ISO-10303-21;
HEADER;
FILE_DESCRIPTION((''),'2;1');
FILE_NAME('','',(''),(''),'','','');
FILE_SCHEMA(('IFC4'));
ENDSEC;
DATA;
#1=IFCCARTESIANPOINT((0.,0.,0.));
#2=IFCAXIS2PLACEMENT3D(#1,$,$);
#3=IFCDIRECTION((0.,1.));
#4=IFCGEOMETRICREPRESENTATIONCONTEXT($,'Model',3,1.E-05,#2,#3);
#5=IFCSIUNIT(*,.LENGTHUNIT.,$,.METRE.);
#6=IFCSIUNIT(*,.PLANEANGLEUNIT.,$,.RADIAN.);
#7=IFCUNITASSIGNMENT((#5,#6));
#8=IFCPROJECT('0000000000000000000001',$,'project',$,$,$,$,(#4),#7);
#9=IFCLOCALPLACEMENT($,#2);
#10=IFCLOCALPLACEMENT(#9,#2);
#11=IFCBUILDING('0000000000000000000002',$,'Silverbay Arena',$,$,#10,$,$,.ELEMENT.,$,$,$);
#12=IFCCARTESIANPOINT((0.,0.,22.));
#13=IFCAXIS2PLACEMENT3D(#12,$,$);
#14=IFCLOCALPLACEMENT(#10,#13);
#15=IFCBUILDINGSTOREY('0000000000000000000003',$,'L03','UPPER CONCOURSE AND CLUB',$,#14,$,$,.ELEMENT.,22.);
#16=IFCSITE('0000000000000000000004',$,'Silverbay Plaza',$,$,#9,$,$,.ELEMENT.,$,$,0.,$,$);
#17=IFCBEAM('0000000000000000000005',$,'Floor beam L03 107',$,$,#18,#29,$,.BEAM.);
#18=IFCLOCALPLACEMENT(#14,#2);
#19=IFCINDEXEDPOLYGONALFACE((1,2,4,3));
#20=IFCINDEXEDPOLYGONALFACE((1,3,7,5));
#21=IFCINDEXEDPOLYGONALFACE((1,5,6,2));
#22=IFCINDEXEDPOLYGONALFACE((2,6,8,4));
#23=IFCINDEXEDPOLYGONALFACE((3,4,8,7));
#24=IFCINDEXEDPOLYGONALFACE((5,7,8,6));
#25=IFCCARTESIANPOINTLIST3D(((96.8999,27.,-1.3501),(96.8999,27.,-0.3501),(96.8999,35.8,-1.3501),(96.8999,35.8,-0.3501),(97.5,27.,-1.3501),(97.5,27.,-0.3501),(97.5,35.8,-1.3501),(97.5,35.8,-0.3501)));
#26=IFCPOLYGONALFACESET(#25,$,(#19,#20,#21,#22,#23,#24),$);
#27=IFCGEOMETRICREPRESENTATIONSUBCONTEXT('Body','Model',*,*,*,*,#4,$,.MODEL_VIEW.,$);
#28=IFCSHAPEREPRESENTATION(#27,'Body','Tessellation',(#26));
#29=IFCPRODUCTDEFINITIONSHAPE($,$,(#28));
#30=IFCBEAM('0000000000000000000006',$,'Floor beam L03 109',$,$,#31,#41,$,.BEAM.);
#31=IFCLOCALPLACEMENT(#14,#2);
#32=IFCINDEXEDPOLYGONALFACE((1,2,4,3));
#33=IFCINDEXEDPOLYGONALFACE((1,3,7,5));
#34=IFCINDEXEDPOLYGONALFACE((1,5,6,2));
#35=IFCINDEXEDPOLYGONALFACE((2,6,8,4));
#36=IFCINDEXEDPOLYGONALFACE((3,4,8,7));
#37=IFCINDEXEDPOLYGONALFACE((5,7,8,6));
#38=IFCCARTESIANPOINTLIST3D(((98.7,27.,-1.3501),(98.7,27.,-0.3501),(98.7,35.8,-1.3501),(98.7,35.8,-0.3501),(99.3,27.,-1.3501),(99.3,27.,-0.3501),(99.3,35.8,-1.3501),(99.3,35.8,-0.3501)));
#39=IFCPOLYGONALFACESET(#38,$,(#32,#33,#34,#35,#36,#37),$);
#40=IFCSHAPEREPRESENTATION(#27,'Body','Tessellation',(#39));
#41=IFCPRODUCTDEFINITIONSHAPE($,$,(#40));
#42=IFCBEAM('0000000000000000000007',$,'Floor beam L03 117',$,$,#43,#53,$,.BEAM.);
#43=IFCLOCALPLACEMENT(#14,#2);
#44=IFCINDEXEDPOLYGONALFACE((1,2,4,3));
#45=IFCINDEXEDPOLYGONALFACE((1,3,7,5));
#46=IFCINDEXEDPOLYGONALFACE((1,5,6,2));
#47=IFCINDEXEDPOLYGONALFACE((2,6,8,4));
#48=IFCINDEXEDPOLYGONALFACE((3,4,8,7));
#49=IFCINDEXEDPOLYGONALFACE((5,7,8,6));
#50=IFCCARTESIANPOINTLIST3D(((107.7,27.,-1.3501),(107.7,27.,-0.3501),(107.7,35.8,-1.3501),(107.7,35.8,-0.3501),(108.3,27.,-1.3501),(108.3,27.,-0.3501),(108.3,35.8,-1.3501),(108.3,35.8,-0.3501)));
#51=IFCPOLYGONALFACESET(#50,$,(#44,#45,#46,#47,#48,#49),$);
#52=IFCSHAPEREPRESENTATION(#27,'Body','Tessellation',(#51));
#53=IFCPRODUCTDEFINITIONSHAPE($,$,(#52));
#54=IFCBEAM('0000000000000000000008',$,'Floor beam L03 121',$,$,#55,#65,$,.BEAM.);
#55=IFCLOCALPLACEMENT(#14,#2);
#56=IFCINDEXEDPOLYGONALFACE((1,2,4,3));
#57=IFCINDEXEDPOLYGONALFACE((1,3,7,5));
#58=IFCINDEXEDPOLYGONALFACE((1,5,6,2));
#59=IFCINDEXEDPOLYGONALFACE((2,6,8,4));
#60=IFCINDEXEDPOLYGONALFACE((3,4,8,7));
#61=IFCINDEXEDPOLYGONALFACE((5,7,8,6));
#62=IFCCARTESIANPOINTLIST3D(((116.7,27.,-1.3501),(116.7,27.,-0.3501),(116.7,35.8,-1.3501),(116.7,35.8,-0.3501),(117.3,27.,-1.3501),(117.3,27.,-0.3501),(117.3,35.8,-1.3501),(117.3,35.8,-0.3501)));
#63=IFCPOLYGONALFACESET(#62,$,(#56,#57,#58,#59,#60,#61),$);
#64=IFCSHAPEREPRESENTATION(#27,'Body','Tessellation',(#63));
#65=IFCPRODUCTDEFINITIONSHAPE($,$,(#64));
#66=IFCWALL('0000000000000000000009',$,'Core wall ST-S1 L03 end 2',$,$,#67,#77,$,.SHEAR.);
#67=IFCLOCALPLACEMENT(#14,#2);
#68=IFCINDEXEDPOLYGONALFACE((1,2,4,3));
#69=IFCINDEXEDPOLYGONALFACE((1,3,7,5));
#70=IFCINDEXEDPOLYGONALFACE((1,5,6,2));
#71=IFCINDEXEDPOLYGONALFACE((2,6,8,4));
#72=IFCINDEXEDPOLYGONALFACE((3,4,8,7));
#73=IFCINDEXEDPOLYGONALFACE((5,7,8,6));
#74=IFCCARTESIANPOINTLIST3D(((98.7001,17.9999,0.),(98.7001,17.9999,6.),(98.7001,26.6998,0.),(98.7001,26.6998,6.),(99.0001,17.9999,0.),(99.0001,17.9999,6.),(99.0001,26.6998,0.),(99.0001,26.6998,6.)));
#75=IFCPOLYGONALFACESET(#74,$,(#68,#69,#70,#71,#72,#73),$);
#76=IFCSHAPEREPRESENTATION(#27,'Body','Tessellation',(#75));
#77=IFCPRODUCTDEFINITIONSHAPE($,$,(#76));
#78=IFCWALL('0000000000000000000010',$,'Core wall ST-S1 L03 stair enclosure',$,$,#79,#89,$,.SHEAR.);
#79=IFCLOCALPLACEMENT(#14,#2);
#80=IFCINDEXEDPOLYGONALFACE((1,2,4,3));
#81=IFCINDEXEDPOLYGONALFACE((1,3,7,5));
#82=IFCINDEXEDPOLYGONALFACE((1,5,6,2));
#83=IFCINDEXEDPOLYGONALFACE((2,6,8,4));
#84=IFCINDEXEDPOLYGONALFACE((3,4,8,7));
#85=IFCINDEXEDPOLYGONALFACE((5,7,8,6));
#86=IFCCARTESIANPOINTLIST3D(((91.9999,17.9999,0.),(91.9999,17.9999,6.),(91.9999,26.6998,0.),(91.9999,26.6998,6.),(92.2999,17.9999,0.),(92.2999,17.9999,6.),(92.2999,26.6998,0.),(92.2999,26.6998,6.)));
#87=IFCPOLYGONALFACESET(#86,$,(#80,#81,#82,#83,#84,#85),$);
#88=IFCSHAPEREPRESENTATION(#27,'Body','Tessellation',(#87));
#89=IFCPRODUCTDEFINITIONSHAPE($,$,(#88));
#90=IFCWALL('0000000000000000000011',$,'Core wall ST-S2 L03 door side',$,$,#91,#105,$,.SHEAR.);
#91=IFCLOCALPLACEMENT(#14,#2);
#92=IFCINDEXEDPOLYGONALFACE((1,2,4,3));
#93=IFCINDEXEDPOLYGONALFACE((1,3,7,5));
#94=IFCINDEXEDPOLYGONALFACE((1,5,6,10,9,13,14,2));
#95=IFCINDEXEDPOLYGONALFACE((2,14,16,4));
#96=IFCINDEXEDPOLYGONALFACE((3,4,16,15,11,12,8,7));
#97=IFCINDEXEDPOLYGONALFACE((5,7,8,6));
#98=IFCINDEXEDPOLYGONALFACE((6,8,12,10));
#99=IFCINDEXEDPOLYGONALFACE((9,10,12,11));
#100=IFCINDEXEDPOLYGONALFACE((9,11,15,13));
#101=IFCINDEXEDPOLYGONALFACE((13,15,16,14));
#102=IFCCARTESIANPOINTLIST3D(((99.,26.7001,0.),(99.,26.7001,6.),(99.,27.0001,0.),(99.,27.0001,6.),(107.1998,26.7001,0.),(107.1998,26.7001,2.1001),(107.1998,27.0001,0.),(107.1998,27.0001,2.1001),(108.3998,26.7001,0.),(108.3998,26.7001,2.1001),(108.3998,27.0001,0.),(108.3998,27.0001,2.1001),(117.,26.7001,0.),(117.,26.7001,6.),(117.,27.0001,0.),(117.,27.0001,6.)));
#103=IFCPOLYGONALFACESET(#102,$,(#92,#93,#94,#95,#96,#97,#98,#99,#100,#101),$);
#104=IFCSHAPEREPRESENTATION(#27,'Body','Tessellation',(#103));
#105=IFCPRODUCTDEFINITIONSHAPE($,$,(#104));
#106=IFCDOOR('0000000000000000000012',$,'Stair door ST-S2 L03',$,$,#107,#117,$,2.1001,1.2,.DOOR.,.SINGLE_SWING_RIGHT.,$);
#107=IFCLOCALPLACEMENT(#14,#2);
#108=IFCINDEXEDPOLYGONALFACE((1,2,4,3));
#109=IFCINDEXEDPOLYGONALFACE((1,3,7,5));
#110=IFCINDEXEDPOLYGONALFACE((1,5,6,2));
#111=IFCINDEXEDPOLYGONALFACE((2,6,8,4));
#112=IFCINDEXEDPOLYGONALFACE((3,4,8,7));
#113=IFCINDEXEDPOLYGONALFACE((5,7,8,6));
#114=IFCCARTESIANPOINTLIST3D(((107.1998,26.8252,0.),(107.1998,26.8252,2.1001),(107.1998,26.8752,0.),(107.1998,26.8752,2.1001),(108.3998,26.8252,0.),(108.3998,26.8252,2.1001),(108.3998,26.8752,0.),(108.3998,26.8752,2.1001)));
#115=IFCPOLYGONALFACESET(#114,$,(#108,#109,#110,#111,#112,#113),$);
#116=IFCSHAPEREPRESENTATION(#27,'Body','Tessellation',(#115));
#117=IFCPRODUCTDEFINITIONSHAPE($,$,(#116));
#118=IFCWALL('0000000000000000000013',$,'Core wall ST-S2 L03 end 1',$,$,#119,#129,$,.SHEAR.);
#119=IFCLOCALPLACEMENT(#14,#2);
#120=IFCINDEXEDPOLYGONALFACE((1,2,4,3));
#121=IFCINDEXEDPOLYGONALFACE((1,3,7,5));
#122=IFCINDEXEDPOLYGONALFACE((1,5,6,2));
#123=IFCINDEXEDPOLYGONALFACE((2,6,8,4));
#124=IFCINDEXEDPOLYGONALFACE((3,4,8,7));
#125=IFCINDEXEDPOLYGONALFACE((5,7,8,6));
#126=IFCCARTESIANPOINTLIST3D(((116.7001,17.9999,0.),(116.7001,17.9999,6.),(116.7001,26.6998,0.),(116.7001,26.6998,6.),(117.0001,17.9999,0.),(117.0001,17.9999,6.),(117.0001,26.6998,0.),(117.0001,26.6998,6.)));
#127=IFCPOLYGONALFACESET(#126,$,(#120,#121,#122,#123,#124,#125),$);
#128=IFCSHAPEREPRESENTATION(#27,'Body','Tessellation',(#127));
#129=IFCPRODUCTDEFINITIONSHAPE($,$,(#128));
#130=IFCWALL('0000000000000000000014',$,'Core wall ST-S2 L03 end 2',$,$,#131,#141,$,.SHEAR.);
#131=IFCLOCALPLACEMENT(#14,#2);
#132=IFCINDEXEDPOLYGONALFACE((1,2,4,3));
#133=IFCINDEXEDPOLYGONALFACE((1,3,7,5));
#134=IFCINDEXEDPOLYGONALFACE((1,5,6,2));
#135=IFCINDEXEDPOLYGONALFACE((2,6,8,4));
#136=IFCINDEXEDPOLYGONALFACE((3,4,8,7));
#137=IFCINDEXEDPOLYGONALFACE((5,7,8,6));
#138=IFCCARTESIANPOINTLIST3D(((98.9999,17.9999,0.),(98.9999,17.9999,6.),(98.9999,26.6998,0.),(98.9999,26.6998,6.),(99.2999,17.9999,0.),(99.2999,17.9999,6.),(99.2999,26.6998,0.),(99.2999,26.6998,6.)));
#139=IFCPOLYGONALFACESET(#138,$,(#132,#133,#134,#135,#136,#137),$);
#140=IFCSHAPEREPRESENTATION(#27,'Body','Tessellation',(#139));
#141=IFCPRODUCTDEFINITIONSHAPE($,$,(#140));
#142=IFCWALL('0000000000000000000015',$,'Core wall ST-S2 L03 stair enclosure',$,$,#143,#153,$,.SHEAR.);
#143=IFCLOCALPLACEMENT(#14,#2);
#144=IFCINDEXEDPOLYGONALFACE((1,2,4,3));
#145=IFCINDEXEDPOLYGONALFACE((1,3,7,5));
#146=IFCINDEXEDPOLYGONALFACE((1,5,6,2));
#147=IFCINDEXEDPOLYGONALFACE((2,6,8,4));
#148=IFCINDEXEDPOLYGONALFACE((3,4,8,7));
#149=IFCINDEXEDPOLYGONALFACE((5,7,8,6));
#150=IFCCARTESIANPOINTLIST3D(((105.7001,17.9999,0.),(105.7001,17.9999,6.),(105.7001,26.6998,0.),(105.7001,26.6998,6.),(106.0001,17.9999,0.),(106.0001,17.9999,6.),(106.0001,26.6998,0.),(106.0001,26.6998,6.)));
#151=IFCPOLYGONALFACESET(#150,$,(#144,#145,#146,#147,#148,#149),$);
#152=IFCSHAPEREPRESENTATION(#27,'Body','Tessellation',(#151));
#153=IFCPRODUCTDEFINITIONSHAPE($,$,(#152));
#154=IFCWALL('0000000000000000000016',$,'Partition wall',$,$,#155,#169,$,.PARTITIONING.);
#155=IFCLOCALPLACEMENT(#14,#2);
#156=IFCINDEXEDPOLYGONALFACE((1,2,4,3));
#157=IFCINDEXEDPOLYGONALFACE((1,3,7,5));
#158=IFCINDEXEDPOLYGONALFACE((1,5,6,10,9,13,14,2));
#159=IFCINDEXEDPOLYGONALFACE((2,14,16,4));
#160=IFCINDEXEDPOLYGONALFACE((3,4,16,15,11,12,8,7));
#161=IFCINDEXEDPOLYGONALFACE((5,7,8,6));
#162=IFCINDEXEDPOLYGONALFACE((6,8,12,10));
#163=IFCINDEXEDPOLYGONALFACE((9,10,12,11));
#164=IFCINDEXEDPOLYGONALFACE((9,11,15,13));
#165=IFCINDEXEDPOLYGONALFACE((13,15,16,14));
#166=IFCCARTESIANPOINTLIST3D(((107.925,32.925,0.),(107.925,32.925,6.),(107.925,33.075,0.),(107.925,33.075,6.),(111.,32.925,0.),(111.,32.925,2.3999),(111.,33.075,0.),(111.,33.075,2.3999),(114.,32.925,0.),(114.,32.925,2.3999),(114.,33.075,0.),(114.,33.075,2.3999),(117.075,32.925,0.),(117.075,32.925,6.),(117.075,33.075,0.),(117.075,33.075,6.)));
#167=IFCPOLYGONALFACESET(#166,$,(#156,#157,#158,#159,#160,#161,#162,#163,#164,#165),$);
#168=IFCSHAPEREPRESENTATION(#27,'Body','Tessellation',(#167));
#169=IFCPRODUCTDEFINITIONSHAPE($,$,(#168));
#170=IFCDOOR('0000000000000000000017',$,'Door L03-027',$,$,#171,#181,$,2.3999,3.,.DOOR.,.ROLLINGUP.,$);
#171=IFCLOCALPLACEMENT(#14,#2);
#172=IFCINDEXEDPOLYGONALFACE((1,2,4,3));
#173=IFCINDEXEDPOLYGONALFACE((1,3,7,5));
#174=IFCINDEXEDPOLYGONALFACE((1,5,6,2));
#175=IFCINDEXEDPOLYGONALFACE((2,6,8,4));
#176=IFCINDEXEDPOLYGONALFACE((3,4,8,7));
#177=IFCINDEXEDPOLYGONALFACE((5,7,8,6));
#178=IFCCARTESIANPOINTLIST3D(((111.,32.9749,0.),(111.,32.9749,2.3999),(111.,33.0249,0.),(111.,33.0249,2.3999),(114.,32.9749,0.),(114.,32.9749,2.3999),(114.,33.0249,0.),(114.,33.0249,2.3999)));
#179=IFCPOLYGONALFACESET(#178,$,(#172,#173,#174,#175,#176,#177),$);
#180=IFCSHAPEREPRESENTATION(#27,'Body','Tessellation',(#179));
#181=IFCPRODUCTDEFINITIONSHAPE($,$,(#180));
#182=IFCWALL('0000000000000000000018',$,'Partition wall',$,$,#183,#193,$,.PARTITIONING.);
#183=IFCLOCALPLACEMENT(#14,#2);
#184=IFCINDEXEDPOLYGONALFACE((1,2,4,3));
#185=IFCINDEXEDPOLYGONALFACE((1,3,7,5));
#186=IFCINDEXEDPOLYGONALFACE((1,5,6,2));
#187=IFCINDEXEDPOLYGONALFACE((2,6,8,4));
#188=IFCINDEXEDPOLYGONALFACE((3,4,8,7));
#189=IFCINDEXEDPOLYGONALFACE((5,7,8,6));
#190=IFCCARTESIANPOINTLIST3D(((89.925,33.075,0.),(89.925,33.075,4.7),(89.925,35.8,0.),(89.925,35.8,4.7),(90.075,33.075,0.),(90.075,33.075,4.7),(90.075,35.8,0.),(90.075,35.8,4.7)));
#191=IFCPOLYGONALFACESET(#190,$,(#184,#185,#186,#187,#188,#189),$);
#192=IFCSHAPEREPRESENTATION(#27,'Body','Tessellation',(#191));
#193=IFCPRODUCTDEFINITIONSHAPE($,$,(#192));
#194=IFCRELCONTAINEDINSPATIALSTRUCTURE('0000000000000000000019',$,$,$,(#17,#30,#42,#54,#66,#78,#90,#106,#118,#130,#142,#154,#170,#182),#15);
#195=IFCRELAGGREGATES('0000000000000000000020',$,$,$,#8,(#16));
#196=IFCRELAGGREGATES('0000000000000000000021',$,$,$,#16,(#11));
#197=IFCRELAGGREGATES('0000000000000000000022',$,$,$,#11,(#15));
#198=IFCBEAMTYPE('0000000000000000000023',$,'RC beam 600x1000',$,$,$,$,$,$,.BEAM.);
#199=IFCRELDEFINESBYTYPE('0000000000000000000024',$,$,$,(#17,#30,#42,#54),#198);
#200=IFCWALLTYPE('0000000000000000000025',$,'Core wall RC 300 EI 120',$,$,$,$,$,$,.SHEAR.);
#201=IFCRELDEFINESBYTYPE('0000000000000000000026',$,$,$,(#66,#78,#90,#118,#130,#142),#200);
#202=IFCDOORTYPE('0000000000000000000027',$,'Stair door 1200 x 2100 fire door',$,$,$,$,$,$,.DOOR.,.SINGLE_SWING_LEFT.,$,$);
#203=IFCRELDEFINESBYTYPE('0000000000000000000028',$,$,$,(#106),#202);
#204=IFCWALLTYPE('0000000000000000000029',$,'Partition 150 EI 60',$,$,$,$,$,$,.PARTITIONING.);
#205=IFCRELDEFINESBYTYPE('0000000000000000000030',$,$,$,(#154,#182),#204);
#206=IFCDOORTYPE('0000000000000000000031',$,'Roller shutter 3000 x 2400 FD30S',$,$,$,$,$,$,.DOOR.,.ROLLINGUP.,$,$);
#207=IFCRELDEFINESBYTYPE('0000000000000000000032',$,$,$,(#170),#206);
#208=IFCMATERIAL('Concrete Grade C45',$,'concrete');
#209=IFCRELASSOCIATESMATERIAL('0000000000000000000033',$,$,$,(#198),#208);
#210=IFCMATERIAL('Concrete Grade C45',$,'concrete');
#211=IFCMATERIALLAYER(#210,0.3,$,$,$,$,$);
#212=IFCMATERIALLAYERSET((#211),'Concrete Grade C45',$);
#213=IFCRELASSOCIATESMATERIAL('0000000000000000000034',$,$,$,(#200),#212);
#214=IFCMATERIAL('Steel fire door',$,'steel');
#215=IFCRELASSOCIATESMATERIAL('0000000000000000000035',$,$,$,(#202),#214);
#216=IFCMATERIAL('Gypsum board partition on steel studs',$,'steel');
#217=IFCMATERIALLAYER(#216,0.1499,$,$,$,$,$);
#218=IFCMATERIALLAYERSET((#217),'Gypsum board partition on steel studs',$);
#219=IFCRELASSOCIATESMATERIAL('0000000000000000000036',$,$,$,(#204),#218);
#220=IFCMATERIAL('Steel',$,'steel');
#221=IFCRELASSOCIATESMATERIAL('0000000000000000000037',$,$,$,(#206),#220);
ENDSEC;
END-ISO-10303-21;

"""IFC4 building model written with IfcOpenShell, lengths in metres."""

from ifc_helpers import new_model, si_unit, direction, frame, frame_2d, origin, origin_2d, place, context, subcontext, project, spatial, rectangle, extrude, material, layer, layer_set, material_profile, profile_set, type_object, element, fill, save


model = new_model("IFC4")

# Units and contexts
model_context = context("Model", 3, precision=1e-05, world=origin(), true_north=direction((0.0, 1.0)))
body_context = subcontext(model_context, "Body", "Model", "MODEL_VIEW")
ifc_project = project(units=[si_unit("LENGTHUNIT", "METRE"), si_unit("PLANEANGLEUNIT", "RADIAN")], contexts=[model_context])

# Site, building, storey
site_placement = place(None, origin())
site = spatial("IfcSite", under=ifc_project, at=site_placement, Name="Silverbay Plaza", CompositionType="ELEMENT", RefElevation=0.0)
building_placement = place(site_placement, origin())
building = spatial("IfcBuilding", under=site, at=building_placement, Name="Silverbay Arena", CompositionType="ELEMENT")
storey_placement = place(building_placement, frame((0.0, 0.0, 22.0)))
storey = spatial("IfcBuildingStorey", under=building, at=storey_placement, Name="L03", Description="UPPER CONCOURSE AND CLUB", CompositionType="ELEMENT", Elevation=22.0)

# Beams
ifc_material_1 = material(Name="Concrete Grade C45", Category="concrete")
ifc_material_profile = material_profile(ifc_material_1, rectangle(XDim=0.6001, YDim=1.0, at=origin_2d()), Name="RC 600x1000")
ifc_profile_set = profile_set([ifc_material_profile], Name="Concrete Grade C45")
beam_type = type_object("IfcBeamType", Name="RC beam 600x1000", PredefinedType="BEAM", material=ifc_profile_set)
for number, where, z_axis, x_axis, name in (
    (1, (97.2, 27.0, -0.8501), (0.0, 1.0, 0.0), (-1.0, 0.0, 0.0), "Floor beam L03 107"),
    (2, (99.0, 27.0, -0.8501), (0.0, 1.0, 0.0), (-1.0, 0.0, 0.0), "Floor beam L03 109"),
    (3, (108.0, 27.0, -0.8501), (0.0, 1.0, 0.0), (-1.0, 0.0, 0.0), "Floor beam L03 117"),
    (4, (117.0, 27.0, -0.8501), (0.0, 1.0, 0.0), (-1.0, 0.0, 0.0), "Floor beam L03 121"),
):
    element("IfcBeam", number, at=place(storey_placement, frame(where, z_axis=z_axis, x_axis=x_axis)), inside=storey, type_object=beam_type, Name=name, PredefinedType="BEAM", context=body_context, shape_type="SweptSolid", body=[
        extrude(rectangle(XDim=0.6001, YDim=1.0, at=origin_2d()), origin(), (0.0, 0.0, 1.0), 8.8),
    ])

# Walls
ifc_material_2 = material(Name="Concrete Grade C45", Category="concrete")
ifc_layer_1 = layer(ifc_material_2, 0.3)
ifc_layer_set_1 = layer_set([ifc_layer_1], Name="Concrete Grade C45")
wall_type_1 = type_object("IfcWallType", Name="Core wall RC 300 EI 120", PredefinedType="SHEAR", material=ifc_layer_set_1)
for number, where, z_axis, x_axis, name in (
    (5, (98.8501, 26.7, 0.0), (0.0, 0.0, 1.0), (0.0, -1.0, 0.0), "Core wall ST-S1 L03 end 2"),
    (6, (92.1499, 26.7, 0.0), (0.0, 0.0, 1.0), (0.0, -1.0, 0.0), "Core wall ST-S1 L03 stair enclosure"),
):
    element("IfcWall", number, at=place(storey_placement, frame(where, z_axis=z_axis, x_axis=x_axis)), inside=storey, type_object=wall_type_1, Name=name, PredefinedType="SHEAR", context=body_context, shape_type="SweptSolid", body=[
        extrude(rectangle(XDim=8.7, YDim=0.3, at=frame_2d((4.3501, 0.0))), origin(), (0.0, 0.0, 1.0), 6.0),
    ])

# Wall, opening, door
wall_1_placement = place(storey_placement, frame((117.0, 26.8501, 0.0), z_axis=(0.0, 0.0, 1.0), x_axis=(-1.0, 0.0, 0.0)))
wall_1 = element("IfcWall", 7, at=wall_1_placement, inside=storey, type_object=wall_type_1, Name="Core wall ST-S2 L03 door side", PredefinedType="SHEAR", context=body_context, shape_type="SweptSolid", body=[
    extrude(rectangle(XDim=18.0, YDim=0.3, at=frame_2d((9.0, 0.0))), origin(), (0.0, 0.0, 1.0), 6.0),
])
opening_1_placement = place(wall_1_placement, frame((8.6001, 0.0, 0.0)))
opening_1 = element("IfcOpeningElement", 8, at=opening_1_placement, cuts=wall_1, PredefinedType="OPENING", context=body_context, shape_type="SweptSolid", body=[
    extrude(rectangle(XDim=1.2, YDim=2.1001, at=frame_2d((0.6001, 1.05))), frame((0.0, 0.1602, 0.0), z_axis=(0.0, -1.0, 0.0), x_axis=(1.0, 0.0, 0.0)), (0.0, 0.0, 1.0), 0.3201),
])
ifc_material_3 = material(Name="Steel fire door", Category="steel")
door_type_1 = type_object("IfcDoorType", Name="Stair door 1200 x 2100 fire door", OperationType="SINGLE_SWING_LEFT", PredefinedType="DOOR", material=ifc_material_3)
door_1_placement = place(opening_1_placement, origin())
door_1 = element("IfcDoor", 9, at=door_1_placement, inside=storey, type_object=door_type_1, Name="Stair door ST-S2 L03", OperationType="SINGLE_SWING_RIGHT", OverallHeight=2.1001, OverallWidth=1.2, PredefinedType="DOOR", context=body_context, shape_type="SweptSolid", body=[
    extrude(rectangle(XDim=1.2, YDim=2.1001, at=frame_2d((0.6001, 1.05))), frame((0.0, 0.0249, 0.0), z_axis=(0.0, -1.0, 0.0), x_axis=(1.0, 0.0, 0.0)), (0.0, 0.0, 1.0), 0.05),
])
fill(opening_1, door_1)

# Walls
for number, where, z_axis, x_axis, name in (
    (10, (116.8501, 26.7, 0.0), (0.0, 0.0, 1.0), (0.0, -1.0, 0.0), "Core wall ST-S2 L03 end 1"),
    (11, (99.1499, 26.7, 0.0), (0.0, 0.0, 1.0), (0.0, -1.0, 0.0), "Core wall ST-S2 L03 end 2"),
    (12, (105.8501, 26.7, 0.0), (0.0, 0.0, 1.0), (0.0, -1.0, 0.0), "Core wall ST-S2 L03 stair enclosure"),
):
    element("IfcWall", number, at=place(storey_placement, frame(where, z_axis=z_axis, x_axis=x_axis)), inside=storey, type_object=wall_type_1, Name=name, PredefinedType="SHEAR", context=body_context, shape_type="SweptSolid", body=[
        extrude(rectangle(XDim=8.7, YDim=0.3, at=frame_2d((4.3501, 0.0))), origin(), (0.0, 0.0, 1.0), 6.0),
    ])

# Wall, opening, door
ifc_material_4 = material(Name="Gypsum board partition on steel studs", Category="steel")
ifc_layer_2 = layer(ifc_material_4, 0.1499)
ifc_layer_set_2 = layer_set([ifc_layer_2], Name="Gypsum board partition on steel studs")
wall_type_2 = type_object("IfcWallType", Name="Partition 150 EI 60", PredefinedType="PARTITIONING", material=ifc_layer_set_2)
ifc_material_5 = material(Name="Steel", Category="steel")
door_type_2 = type_object("IfcDoorType", Name="Roller shutter 3000 x 2400 FD30S", OperationType="ROLLINGUP", PredefinedType="DOOR", material=ifc_material_5)
wall_2_placement = place(storey_placement, frame((107.925, 33.0, 0.0), z_axis=(0.0, 0.0, 1.0), x_axis=(1.0, 0.0, 0.0)))
wall_2 = element("IfcWall", 13, at=wall_2_placement, inside=storey, type_object=wall_type_2, Name="Partition wall", PredefinedType="PARTITIONING", context=body_context, shape_type="SweptSolid", body=[
    extrude(rectangle(XDim=9.1499, YDim=0.1499, at=frame_2d((4.575, 0.0))), origin(), (0.0, 0.0, 1.0), 6.0),
])
opening_2_placement = place(wall_2_placement, frame((3.075, 0.0, 0.0)))
opening_2 = element("IfcOpeningElement", 14, at=opening_2_placement, cuts=wall_2, PredefinedType="OPENING", context=body_context, shape_type="SweptSolid", body=[
    extrude(rectangle(XDim=3.0, YDim=2.3999, at=frame_2d((1.5, 1.2))), frame((0.0, 0.085, 0.0), z_axis=(0.0, -1.0, 0.0), x_axis=(1.0, 0.0, 0.0)), (0.0, 0.0, 1.0), 0.1699),
])
door_2_placement = place(opening_2_placement, origin())
door_2 = element("IfcDoor", 15, at=door_2_placement, inside=storey, type_object=door_type_2, Name="Door L03-027", OperationType="ROLLINGUP", OverallHeight=2.3999, OverallWidth=3.0, PredefinedType="DOOR", context=body_context, shape_type="SweptSolid", body=[
    extrude(rectangle(XDim=3.0, YDim=2.3999, at=frame_2d((1.5, 1.2))), frame((0.0, 0.0249, 0.0), z_axis=(0.0, -1.0, 0.0), x_axis=(1.0, 0.0, 0.0)), (0.0, 0.0, 1.0), 0.05),
])
fill(opening_2, door_2)

# Wall
wall_3_placement = place(storey_placement, frame((90.0, 33.075, 0.0), z_axis=(0.0, 0.0, 1.0), x_axis=(0.0, 1.0, 0.0)))
element("IfcWall", 16, at=wall_3_placement, inside=storey, type_object=wall_type_2, Name="Partition wall", PredefinedType="PARTITIONING", context=body_context, shape_type="SweptSolid", body=[
    extrude(rectangle(XDim=2.7251, YDim=0.1499, at=frame_2d((1.3625, 0.0))), origin(), (0.0, 0.0, 1.0), 4.7),
])

save(model, "model.ifc")
